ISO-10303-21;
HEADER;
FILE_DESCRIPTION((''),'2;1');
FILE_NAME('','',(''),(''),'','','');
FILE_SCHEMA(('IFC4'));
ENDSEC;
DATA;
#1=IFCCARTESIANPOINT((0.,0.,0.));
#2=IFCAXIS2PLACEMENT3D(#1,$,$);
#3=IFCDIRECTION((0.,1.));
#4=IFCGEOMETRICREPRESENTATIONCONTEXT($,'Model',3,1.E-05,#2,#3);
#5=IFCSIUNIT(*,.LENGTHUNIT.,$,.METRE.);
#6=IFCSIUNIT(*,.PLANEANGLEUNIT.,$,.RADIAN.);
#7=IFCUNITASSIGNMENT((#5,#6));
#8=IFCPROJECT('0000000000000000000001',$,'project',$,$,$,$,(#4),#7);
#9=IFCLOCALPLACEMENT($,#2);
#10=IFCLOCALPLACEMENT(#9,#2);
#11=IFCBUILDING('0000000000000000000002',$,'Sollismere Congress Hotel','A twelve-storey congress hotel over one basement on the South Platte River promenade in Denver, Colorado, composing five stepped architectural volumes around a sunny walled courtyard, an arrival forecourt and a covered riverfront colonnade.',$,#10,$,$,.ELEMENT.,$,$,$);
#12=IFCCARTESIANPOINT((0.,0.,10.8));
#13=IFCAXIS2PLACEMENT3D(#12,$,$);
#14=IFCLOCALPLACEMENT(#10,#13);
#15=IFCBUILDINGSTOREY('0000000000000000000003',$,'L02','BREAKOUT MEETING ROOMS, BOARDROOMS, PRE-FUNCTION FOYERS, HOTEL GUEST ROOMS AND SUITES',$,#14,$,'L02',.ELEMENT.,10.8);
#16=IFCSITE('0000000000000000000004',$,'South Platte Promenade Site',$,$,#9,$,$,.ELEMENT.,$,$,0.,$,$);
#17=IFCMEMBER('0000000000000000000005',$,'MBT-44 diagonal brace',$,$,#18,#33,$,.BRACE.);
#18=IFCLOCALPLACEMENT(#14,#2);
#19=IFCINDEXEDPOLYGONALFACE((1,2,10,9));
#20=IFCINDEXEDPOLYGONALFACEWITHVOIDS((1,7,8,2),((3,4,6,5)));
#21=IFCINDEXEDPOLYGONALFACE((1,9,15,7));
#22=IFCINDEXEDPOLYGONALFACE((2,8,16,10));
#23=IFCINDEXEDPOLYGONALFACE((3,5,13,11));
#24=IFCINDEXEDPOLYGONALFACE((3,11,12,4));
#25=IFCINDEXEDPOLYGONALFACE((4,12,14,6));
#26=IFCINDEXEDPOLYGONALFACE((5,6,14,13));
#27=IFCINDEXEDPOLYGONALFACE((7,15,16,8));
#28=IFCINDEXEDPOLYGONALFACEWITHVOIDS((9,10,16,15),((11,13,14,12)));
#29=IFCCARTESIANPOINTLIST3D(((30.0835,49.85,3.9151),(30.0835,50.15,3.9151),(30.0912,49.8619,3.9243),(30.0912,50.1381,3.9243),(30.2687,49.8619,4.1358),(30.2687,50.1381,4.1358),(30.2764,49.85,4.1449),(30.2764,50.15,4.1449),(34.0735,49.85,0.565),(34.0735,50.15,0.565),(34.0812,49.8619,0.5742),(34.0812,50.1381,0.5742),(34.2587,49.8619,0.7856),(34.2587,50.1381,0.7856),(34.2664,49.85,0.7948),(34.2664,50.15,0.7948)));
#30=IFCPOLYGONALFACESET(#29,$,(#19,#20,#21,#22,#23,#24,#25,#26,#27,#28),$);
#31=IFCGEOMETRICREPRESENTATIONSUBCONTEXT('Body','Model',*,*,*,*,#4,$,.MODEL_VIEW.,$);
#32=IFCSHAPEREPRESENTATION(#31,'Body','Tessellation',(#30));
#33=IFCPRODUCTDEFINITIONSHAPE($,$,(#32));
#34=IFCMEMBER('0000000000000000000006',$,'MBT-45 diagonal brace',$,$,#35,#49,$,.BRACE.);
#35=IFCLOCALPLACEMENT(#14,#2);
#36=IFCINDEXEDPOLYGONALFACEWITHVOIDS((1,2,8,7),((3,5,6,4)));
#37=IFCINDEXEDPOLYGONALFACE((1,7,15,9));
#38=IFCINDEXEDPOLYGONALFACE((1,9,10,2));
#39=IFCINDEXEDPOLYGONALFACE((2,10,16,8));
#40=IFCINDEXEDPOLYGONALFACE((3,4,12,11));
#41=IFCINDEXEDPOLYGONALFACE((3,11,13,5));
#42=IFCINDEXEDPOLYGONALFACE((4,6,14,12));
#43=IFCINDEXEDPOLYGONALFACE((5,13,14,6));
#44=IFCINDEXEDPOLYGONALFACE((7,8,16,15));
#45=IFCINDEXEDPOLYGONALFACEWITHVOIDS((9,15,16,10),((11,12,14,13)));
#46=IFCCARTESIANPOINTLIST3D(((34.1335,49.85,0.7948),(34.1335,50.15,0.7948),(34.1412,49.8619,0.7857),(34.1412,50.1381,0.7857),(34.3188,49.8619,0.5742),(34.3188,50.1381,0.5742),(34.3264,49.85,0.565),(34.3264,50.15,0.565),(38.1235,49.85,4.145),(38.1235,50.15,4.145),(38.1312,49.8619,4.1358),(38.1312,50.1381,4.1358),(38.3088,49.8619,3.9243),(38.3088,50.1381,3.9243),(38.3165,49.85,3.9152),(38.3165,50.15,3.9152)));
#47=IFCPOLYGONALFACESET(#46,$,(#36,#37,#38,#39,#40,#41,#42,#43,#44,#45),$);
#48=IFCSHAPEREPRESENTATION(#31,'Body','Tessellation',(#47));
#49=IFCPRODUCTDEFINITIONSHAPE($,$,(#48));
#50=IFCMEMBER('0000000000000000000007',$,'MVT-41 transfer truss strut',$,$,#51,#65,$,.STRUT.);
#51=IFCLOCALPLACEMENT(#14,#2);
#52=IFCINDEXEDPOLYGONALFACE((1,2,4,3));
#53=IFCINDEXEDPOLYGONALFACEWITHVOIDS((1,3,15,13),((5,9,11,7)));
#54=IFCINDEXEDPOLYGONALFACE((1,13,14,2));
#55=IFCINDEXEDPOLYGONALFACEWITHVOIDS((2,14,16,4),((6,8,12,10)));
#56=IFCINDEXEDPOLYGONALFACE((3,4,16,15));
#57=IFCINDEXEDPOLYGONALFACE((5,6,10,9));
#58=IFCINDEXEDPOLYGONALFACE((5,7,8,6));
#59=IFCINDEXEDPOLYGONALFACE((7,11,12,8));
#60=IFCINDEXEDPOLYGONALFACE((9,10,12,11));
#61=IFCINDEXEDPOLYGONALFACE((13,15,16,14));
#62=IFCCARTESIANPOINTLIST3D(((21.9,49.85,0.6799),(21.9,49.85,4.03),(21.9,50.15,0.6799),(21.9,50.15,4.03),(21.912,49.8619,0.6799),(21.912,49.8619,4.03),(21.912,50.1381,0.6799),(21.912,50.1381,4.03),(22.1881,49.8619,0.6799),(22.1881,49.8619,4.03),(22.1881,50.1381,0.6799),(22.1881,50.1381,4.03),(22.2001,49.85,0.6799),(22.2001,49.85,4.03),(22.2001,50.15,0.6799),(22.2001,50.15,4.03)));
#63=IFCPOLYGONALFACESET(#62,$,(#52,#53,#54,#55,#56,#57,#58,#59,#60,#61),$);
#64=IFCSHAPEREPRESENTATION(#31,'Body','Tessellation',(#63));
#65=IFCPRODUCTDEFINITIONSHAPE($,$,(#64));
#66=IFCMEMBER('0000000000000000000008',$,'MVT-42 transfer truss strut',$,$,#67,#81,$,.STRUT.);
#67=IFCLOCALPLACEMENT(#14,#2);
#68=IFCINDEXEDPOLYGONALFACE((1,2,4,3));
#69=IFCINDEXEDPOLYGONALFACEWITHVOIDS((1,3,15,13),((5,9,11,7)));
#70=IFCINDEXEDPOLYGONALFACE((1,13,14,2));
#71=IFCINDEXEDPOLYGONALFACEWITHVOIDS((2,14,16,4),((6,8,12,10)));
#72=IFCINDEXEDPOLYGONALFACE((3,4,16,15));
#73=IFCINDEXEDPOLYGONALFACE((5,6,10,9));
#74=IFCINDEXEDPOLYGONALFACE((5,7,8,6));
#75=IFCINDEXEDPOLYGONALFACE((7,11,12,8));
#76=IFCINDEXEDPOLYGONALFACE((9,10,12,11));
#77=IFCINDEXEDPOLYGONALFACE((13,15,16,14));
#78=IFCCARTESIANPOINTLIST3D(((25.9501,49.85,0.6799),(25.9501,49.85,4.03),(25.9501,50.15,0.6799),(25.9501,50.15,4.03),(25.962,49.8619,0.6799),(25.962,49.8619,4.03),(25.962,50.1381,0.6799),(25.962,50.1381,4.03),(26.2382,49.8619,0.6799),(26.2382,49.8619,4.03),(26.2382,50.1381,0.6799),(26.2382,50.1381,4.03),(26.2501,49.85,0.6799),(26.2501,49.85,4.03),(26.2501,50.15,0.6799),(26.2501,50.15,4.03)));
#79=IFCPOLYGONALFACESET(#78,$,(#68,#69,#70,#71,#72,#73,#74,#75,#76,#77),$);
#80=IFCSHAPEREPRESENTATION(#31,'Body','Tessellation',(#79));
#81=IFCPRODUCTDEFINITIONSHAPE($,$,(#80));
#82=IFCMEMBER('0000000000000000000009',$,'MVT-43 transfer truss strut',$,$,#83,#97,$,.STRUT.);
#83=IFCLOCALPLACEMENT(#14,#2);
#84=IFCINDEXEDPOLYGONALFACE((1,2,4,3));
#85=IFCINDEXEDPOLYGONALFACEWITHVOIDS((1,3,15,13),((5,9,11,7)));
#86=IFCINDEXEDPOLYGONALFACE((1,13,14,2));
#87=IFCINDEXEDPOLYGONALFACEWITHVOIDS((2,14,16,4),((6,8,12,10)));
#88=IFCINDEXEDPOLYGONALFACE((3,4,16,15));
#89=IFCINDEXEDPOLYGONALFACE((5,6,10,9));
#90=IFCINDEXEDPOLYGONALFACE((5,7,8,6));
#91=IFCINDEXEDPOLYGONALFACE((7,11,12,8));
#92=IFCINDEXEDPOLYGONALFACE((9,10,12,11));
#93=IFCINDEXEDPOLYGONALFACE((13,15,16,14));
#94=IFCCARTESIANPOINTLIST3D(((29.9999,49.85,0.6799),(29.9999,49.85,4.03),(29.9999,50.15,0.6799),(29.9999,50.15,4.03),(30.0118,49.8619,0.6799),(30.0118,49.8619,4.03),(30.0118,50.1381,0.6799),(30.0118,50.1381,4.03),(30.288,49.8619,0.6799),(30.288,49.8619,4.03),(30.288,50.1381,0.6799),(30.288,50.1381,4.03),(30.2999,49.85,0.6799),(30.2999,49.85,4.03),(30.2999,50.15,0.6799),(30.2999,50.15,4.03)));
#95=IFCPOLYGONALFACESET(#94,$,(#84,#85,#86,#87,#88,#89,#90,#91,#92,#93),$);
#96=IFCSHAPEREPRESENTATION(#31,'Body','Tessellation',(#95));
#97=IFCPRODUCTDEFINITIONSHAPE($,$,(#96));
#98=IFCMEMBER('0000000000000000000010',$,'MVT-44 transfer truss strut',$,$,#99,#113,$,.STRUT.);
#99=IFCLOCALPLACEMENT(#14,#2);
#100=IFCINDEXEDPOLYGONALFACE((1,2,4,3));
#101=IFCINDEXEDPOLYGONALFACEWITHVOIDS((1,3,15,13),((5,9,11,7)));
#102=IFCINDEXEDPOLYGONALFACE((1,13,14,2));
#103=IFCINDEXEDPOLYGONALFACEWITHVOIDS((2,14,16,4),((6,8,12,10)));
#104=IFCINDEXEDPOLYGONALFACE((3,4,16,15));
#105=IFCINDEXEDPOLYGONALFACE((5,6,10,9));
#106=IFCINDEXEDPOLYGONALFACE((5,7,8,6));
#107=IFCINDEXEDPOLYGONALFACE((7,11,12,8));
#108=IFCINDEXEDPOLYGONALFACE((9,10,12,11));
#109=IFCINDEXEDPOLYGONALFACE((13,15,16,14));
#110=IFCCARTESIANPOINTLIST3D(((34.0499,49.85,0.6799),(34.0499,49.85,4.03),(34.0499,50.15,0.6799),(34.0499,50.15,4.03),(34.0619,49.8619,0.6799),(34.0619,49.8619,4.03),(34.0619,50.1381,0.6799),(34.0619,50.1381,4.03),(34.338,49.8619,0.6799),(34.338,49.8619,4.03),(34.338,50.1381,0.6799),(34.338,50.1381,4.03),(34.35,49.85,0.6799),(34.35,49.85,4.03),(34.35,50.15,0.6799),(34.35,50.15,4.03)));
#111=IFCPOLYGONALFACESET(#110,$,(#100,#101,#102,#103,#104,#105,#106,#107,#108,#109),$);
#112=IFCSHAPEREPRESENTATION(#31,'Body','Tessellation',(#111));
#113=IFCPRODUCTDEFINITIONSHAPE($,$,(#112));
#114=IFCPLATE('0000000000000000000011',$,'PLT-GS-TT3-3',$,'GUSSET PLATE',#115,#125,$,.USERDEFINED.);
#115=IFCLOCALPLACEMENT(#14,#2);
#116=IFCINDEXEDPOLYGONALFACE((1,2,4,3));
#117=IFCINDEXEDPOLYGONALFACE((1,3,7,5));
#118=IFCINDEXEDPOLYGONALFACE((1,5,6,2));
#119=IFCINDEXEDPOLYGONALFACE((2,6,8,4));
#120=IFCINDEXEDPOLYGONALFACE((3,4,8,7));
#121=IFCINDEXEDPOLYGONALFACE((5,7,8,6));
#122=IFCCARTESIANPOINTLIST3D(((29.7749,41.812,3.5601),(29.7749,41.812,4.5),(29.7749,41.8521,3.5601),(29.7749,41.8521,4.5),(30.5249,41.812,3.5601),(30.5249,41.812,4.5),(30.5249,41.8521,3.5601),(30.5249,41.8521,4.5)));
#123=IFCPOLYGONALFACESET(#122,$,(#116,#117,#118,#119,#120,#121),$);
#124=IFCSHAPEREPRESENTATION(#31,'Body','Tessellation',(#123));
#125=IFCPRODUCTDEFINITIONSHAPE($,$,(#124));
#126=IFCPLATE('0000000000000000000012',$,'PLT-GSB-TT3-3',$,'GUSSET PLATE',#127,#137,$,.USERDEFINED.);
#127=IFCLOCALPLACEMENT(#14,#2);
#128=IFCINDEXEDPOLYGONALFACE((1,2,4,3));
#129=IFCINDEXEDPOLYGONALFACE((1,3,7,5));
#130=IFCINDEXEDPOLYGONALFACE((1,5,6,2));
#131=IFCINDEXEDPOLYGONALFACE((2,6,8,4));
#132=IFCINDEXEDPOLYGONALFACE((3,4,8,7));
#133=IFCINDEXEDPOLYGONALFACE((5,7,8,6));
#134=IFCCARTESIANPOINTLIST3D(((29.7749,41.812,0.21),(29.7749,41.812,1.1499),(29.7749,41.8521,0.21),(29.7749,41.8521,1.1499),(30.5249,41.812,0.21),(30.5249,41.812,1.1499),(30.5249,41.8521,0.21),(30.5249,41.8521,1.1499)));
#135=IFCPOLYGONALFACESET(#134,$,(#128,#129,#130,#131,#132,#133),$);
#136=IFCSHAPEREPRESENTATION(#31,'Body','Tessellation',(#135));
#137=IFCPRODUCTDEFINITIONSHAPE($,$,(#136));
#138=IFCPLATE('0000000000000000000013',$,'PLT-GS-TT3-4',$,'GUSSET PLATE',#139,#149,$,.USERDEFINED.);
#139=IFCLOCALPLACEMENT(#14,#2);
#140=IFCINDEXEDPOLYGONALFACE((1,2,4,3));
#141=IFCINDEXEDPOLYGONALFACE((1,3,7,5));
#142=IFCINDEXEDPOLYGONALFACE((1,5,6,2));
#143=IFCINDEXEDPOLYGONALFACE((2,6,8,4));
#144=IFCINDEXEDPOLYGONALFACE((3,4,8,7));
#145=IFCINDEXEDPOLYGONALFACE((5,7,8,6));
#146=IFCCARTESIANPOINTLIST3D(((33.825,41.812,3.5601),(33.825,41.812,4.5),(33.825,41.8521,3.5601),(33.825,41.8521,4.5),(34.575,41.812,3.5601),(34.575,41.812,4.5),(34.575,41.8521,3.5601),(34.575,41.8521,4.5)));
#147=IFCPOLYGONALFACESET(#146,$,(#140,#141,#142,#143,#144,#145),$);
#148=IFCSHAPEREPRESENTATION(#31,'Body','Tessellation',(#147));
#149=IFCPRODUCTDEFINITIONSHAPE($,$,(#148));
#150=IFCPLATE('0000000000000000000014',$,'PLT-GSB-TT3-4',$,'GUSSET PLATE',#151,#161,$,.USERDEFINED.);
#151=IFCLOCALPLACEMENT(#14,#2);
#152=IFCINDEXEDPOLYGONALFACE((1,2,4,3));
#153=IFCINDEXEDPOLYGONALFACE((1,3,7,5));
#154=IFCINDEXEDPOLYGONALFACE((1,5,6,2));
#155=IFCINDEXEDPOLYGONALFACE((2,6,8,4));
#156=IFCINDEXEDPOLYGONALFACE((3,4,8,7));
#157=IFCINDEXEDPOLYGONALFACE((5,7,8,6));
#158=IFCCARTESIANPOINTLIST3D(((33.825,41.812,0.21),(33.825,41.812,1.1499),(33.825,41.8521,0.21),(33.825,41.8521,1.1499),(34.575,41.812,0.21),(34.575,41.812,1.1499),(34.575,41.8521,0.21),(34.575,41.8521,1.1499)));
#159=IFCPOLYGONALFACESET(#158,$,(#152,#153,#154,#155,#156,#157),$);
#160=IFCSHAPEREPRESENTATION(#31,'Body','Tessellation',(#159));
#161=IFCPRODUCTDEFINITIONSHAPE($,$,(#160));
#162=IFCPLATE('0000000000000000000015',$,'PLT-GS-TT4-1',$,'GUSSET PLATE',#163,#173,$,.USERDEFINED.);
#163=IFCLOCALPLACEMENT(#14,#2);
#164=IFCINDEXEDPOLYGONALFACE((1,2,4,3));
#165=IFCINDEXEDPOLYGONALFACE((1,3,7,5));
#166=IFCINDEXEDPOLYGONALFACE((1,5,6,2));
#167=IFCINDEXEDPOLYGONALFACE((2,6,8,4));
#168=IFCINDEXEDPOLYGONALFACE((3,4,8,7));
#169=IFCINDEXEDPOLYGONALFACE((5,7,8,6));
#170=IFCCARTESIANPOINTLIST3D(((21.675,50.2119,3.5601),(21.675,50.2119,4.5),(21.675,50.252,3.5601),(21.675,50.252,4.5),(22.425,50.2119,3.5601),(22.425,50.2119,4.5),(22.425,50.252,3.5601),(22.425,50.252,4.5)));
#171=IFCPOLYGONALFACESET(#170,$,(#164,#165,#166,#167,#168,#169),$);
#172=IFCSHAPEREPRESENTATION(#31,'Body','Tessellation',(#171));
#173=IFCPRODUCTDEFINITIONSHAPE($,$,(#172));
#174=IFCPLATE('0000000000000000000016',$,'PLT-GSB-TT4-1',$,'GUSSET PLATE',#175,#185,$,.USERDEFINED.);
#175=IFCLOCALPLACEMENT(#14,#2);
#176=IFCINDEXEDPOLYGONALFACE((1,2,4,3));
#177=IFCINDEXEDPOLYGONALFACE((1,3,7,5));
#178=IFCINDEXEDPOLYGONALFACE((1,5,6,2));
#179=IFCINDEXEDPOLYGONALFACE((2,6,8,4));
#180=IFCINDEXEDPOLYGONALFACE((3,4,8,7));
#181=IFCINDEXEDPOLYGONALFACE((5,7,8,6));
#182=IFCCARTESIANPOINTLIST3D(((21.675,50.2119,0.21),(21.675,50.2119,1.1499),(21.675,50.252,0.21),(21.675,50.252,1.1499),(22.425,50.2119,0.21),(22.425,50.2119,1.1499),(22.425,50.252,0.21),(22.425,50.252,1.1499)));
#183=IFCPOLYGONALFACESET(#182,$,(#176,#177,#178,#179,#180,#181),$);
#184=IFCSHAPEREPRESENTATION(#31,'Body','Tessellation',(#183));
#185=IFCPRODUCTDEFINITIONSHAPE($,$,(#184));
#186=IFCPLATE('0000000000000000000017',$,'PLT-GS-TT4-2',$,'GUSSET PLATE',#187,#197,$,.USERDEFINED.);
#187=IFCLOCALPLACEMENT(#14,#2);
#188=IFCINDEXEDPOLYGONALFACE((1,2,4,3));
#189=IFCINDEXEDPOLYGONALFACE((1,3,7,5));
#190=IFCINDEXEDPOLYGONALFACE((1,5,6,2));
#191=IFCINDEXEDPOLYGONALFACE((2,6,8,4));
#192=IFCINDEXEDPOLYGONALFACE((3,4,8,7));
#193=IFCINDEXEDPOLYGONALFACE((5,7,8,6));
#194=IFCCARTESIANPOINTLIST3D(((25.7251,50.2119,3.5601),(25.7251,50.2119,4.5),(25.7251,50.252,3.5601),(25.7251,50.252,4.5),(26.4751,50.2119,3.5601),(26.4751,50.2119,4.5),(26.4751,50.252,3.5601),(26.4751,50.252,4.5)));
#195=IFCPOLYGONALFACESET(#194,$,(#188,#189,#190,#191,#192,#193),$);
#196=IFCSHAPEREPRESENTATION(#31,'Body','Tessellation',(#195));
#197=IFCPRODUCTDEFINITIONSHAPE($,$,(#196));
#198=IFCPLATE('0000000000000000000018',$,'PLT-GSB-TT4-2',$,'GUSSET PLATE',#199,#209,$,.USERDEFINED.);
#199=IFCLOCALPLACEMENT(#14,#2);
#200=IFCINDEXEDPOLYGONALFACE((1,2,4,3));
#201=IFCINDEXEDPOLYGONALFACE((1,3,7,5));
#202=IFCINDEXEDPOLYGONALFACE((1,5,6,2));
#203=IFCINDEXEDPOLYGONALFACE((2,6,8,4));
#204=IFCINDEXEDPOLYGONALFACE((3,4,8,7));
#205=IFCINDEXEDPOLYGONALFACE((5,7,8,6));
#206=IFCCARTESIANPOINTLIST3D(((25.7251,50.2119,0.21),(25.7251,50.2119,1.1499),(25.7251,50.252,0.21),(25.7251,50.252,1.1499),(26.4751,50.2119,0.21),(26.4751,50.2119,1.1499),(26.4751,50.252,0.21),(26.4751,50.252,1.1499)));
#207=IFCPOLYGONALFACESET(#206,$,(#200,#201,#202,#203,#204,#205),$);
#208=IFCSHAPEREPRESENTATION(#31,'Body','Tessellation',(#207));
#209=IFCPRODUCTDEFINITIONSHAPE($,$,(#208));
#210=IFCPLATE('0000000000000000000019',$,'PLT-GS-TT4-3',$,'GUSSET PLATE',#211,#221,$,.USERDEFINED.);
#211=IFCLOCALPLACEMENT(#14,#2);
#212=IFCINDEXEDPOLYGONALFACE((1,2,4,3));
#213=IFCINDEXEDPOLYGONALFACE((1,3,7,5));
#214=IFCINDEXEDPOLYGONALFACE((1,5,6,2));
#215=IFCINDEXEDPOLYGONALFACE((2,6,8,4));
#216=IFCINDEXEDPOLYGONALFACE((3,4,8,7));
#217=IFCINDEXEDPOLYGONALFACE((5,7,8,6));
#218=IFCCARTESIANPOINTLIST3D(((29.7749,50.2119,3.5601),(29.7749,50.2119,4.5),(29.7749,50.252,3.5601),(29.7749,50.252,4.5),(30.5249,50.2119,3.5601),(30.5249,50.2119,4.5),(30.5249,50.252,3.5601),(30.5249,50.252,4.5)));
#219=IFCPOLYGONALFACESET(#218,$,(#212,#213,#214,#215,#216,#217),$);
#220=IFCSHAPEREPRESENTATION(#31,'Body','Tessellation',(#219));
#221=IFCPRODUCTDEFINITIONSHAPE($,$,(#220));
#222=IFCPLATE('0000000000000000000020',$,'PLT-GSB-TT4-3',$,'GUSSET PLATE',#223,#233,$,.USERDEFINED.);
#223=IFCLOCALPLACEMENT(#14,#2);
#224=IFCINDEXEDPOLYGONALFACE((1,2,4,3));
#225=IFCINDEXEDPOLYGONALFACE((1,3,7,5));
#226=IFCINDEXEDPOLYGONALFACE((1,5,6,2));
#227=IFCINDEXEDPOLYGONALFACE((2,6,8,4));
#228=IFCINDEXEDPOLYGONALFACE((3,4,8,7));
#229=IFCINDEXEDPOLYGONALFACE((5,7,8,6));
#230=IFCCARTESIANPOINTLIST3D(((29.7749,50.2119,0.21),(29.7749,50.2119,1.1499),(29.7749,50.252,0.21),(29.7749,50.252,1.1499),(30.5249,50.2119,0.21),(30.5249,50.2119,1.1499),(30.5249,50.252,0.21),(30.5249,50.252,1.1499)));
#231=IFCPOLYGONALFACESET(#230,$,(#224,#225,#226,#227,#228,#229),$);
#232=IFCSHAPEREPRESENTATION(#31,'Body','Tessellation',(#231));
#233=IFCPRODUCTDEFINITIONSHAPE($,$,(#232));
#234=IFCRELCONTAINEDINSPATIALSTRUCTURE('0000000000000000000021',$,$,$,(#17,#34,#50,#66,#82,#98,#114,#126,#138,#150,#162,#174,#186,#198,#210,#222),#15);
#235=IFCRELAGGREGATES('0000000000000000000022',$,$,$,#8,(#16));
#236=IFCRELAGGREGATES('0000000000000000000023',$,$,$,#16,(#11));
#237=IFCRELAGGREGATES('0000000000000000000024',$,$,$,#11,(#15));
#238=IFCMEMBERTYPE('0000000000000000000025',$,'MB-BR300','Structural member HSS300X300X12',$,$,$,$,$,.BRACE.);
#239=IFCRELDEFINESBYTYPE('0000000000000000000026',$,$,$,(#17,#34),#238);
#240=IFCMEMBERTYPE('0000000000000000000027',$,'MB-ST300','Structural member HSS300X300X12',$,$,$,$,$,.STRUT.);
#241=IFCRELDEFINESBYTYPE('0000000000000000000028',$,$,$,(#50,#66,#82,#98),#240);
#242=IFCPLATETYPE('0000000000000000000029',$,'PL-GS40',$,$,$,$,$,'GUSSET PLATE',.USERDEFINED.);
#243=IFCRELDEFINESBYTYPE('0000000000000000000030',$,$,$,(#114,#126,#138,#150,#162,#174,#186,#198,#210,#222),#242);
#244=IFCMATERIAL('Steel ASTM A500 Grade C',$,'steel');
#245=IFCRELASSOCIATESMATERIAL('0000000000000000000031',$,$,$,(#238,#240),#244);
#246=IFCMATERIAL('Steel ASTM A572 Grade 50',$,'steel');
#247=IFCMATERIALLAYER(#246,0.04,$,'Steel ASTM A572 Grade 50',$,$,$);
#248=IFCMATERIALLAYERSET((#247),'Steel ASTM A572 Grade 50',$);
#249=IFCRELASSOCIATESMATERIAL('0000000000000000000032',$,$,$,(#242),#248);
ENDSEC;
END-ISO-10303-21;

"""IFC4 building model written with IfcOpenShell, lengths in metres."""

from ifc_helpers import new_model, si_unit, direction, frame, origin, origin_2d, place, context, subcontext, project, spatial, rectangle, hollow_rectangle, extrude, material, layer, layer_set, material_profile, profile_set, type_object, element, save


model = new_model("IFC4")

# Units and contexts
model_context = context("Model", 3, precision=1e-05, world=origin(), true_north=direction((0.0, 1.0)))
body_context = subcontext(model_context, "Body", "Model", "MODEL_VIEW")
ifc_project = project(units=[si_unit("LENGTHUNIT", "METRE"), si_unit("PLANEANGLEUNIT", "RADIAN")], contexts=[model_context])

# Site, building, storey
site_placement = place(None, origin())
site = spatial("IfcSite", under=ifc_project, at=site_placement, Name="South Platte Promenade Site", CompositionType="ELEMENT", RefElevation=0.0)
building_placement = place(site_placement, origin())
building = spatial("IfcBuilding", under=site, at=building_placement, Name="Sollismere Congress Hotel", Description="A twelve-storey congress hotel over one basement on the South Platte River promenade in Denver, Colorado, composing five stepped architectural volumes around a sunny walled courtyard, an arrival forecourt and a covered riverfront colonnade.", CompositionType="ELEMENT")
storey_placement = place(building_placement, frame((0.0, 0.0, 10.8)))
storey = spatial("IfcBuildingStorey", under=building, at=storey_placement, Name="L02", Description="BREAKOUT MEETING ROOMS, BOARDROOMS, PRE-FUNCTION FOYERS, HOTEL GUEST ROOMS AND SUITES", LongName="L02", CompositionType="ELEMENT", Elevation=10.8)

# Members
ifc_material_1 = material(Name="Steel ASTM A500 Grade C", Category="steel")
ifc_material_profile_1 = material_profile(ifc_material_1, hollow_rectangle(XDim=0.3, YDim=0.3, WallThickness=0.012, at=origin_2d()), Name="HSS300X300X12")
ifc_profile_set_1 = profile_set([ifc_material_profile_1], Name="Steel ASTM A500 Grade C")
member_type_1 = type_object("IfcMemberType", Name="MB-BR300", Description="Structural member HSS300X300X12", PredefinedType="BRACE", material=ifc_profile_set_1)
for number, where, z_axis, x_axis, name in (
    (1, (30.1799, 50.0, 4.03), (0.765846, 0.0, -0.643024), (0.0, 1.0, 0.0), "MBT-44 diagonal brace"),
    (2, (34.23, 50.0, 0.6799), (0.765846, 0.0, 0.643024), (0.0, 1.0, 0.0), "MBT-45 diagonal brace"),
):
    element("IfcMember", number, at=place(storey_placement, frame(where, z_axis=z_axis, x_axis=x_axis)), inside=storey, type_object=member_type_1, Name=name, PredefinedType="BRACE", context=body_context, shape_type="SweptSolid", body=[
        extrude(hollow_rectangle(XDim=0.3, YDim=0.3, WallThickness=0.012, at=origin_2d()), origin(), (0.0, 0.0, 1.0), 5.21),
    ])
ifc_material_profile_2 = material_profile(ifc_material_1, hollow_rectangle(XDim=0.3, YDim=0.3, WallThickness=0.012, at=origin_2d()), Name="HSS300X300X12")
ifc_profile_set_2 = profile_set([ifc_material_profile_2], Name="Steel ASTM A500 Grade C")
member_type_2 = type_object("IfcMemberType", Name="MB-ST300", Description="Structural member HSS300X300X12", PredefinedType="STRUT", material=ifc_profile_set_2)
for number, where, z_axis, x_axis, name in (
    (3, (22.05, 50.0, 0.6799), (0.0, 0.0, 1.0), (1.0, 0.0, 0.0), "MVT-41 transfer truss strut"),
    (4, (26.1001, 50.0, 0.6799), (0.0, 0.0, 1.0), (1.0, 0.0, 0.0), "MVT-42 transfer truss strut"),
    (5, (30.1499, 50.0, 0.6799), (0.0, 0.0, 1.0), (1.0, 0.0, 0.0), "MVT-43 transfer truss strut"),
    (6, (34.2, 50.0, 0.6799), (0.0, 0.0, 1.0), (1.0, 0.0, 0.0), "MVT-44 transfer truss strut"),
):
    element("IfcMember", number, at=place(storey_placement, frame(where, z_axis=z_axis, x_axis=x_axis)), inside=storey, type_object=member_type_2, Name=name, PredefinedType="STRUT", context=body_context, shape_type="SweptSolid", body=[
        extrude(hollow_rectangle(XDim=0.3, YDim=0.3, WallThickness=0.012, at=origin_2d()), origin(), (0.0, 0.0, 1.0), 3.3501),
    ])

# Plates
ifc_material_2 = material(Name="Steel ASTM A572 Grade 50", Category="steel")
ifc_layer = layer(ifc_material_2, 0.04, Name="Steel ASTM A572 Grade 50")
ifc_layer_set = layer_set([ifc_layer], Name="Steel ASTM A572 Grade 50")
plate_type = type_object("IfcPlateType", Name="PL-GS40", ElementType="GUSSET PLATE", PredefinedType="USERDEFINED", material=ifc_layer_set)
for number, where, z_axis, x_axis, name in (
    (7, (30.1499, 41.832, 3.5601), (0.0, 0.0, 1.0), (1.0, 0.0, 0.0), "PLT-GS-TT3-3"),
    (8, (30.1499, 41.832, 0.21), (0.0, 0.0, 1.0), (1.0, 0.0, 0.0), "PLT-GSB-TT3-3"),
    (9, (34.2, 41.832, 3.5601), (0.0, 0.0, 1.0), (1.0, 0.0, 0.0), "PLT-GS-TT3-4"),
    (10, (34.2, 41.832, 0.21), (0.0, 0.0, 1.0), (1.0, 0.0, 0.0), "PLT-GSB-TT3-4"),
    (11, (22.05, 50.2319, 3.5601), (0.0, 0.0, 1.0), (1.0, 0.0, 0.0), "PLT-GS-TT4-1"),
    (12, (22.05, 50.2319, 0.21), (0.0, 0.0, 1.0), (1.0, 0.0, 0.0), "PLT-GSB-TT4-1"),
    (13, (26.1001, 50.2319, 3.5601), (0.0, 0.0, 1.0), (1.0, 0.0, 0.0), "PLT-GS-TT4-2"),
    (14, (26.1001, 50.2319, 0.21), (0.0, 0.0, 1.0), (1.0, 0.0, 0.0), "PLT-GSB-TT4-2"),
    (15, (30.1499, 50.2319, 3.5601), (0.0, 0.0, 1.0), (1.0, 0.0, 0.0), "PLT-GS-TT4-3"),
    (16, (30.1499, 50.2319, 0.21), (0.0, 0.0, 1.0), (1.0, 0.0, 0.0), "PLT-GSB-TT4-3"),
):
    element("IfcPlate", number, at=place(storey_placement, frame(where, z_axis=z_axis, x_axis=x_axis)), inside=storey, type_object=plate_type, Name=name, ObjectType="GUSSET PLATE", PredefinedType="USERDEFINED", context=body_context, shape_type="SweptSolid", body=[
        extrude(rectangle(XDim=0.75, YDim=0.04, at=origin_2d()), origin(), (0.0, 0.0, 1.0), 0.9399),
    ])

save(model, "model.ifc")
